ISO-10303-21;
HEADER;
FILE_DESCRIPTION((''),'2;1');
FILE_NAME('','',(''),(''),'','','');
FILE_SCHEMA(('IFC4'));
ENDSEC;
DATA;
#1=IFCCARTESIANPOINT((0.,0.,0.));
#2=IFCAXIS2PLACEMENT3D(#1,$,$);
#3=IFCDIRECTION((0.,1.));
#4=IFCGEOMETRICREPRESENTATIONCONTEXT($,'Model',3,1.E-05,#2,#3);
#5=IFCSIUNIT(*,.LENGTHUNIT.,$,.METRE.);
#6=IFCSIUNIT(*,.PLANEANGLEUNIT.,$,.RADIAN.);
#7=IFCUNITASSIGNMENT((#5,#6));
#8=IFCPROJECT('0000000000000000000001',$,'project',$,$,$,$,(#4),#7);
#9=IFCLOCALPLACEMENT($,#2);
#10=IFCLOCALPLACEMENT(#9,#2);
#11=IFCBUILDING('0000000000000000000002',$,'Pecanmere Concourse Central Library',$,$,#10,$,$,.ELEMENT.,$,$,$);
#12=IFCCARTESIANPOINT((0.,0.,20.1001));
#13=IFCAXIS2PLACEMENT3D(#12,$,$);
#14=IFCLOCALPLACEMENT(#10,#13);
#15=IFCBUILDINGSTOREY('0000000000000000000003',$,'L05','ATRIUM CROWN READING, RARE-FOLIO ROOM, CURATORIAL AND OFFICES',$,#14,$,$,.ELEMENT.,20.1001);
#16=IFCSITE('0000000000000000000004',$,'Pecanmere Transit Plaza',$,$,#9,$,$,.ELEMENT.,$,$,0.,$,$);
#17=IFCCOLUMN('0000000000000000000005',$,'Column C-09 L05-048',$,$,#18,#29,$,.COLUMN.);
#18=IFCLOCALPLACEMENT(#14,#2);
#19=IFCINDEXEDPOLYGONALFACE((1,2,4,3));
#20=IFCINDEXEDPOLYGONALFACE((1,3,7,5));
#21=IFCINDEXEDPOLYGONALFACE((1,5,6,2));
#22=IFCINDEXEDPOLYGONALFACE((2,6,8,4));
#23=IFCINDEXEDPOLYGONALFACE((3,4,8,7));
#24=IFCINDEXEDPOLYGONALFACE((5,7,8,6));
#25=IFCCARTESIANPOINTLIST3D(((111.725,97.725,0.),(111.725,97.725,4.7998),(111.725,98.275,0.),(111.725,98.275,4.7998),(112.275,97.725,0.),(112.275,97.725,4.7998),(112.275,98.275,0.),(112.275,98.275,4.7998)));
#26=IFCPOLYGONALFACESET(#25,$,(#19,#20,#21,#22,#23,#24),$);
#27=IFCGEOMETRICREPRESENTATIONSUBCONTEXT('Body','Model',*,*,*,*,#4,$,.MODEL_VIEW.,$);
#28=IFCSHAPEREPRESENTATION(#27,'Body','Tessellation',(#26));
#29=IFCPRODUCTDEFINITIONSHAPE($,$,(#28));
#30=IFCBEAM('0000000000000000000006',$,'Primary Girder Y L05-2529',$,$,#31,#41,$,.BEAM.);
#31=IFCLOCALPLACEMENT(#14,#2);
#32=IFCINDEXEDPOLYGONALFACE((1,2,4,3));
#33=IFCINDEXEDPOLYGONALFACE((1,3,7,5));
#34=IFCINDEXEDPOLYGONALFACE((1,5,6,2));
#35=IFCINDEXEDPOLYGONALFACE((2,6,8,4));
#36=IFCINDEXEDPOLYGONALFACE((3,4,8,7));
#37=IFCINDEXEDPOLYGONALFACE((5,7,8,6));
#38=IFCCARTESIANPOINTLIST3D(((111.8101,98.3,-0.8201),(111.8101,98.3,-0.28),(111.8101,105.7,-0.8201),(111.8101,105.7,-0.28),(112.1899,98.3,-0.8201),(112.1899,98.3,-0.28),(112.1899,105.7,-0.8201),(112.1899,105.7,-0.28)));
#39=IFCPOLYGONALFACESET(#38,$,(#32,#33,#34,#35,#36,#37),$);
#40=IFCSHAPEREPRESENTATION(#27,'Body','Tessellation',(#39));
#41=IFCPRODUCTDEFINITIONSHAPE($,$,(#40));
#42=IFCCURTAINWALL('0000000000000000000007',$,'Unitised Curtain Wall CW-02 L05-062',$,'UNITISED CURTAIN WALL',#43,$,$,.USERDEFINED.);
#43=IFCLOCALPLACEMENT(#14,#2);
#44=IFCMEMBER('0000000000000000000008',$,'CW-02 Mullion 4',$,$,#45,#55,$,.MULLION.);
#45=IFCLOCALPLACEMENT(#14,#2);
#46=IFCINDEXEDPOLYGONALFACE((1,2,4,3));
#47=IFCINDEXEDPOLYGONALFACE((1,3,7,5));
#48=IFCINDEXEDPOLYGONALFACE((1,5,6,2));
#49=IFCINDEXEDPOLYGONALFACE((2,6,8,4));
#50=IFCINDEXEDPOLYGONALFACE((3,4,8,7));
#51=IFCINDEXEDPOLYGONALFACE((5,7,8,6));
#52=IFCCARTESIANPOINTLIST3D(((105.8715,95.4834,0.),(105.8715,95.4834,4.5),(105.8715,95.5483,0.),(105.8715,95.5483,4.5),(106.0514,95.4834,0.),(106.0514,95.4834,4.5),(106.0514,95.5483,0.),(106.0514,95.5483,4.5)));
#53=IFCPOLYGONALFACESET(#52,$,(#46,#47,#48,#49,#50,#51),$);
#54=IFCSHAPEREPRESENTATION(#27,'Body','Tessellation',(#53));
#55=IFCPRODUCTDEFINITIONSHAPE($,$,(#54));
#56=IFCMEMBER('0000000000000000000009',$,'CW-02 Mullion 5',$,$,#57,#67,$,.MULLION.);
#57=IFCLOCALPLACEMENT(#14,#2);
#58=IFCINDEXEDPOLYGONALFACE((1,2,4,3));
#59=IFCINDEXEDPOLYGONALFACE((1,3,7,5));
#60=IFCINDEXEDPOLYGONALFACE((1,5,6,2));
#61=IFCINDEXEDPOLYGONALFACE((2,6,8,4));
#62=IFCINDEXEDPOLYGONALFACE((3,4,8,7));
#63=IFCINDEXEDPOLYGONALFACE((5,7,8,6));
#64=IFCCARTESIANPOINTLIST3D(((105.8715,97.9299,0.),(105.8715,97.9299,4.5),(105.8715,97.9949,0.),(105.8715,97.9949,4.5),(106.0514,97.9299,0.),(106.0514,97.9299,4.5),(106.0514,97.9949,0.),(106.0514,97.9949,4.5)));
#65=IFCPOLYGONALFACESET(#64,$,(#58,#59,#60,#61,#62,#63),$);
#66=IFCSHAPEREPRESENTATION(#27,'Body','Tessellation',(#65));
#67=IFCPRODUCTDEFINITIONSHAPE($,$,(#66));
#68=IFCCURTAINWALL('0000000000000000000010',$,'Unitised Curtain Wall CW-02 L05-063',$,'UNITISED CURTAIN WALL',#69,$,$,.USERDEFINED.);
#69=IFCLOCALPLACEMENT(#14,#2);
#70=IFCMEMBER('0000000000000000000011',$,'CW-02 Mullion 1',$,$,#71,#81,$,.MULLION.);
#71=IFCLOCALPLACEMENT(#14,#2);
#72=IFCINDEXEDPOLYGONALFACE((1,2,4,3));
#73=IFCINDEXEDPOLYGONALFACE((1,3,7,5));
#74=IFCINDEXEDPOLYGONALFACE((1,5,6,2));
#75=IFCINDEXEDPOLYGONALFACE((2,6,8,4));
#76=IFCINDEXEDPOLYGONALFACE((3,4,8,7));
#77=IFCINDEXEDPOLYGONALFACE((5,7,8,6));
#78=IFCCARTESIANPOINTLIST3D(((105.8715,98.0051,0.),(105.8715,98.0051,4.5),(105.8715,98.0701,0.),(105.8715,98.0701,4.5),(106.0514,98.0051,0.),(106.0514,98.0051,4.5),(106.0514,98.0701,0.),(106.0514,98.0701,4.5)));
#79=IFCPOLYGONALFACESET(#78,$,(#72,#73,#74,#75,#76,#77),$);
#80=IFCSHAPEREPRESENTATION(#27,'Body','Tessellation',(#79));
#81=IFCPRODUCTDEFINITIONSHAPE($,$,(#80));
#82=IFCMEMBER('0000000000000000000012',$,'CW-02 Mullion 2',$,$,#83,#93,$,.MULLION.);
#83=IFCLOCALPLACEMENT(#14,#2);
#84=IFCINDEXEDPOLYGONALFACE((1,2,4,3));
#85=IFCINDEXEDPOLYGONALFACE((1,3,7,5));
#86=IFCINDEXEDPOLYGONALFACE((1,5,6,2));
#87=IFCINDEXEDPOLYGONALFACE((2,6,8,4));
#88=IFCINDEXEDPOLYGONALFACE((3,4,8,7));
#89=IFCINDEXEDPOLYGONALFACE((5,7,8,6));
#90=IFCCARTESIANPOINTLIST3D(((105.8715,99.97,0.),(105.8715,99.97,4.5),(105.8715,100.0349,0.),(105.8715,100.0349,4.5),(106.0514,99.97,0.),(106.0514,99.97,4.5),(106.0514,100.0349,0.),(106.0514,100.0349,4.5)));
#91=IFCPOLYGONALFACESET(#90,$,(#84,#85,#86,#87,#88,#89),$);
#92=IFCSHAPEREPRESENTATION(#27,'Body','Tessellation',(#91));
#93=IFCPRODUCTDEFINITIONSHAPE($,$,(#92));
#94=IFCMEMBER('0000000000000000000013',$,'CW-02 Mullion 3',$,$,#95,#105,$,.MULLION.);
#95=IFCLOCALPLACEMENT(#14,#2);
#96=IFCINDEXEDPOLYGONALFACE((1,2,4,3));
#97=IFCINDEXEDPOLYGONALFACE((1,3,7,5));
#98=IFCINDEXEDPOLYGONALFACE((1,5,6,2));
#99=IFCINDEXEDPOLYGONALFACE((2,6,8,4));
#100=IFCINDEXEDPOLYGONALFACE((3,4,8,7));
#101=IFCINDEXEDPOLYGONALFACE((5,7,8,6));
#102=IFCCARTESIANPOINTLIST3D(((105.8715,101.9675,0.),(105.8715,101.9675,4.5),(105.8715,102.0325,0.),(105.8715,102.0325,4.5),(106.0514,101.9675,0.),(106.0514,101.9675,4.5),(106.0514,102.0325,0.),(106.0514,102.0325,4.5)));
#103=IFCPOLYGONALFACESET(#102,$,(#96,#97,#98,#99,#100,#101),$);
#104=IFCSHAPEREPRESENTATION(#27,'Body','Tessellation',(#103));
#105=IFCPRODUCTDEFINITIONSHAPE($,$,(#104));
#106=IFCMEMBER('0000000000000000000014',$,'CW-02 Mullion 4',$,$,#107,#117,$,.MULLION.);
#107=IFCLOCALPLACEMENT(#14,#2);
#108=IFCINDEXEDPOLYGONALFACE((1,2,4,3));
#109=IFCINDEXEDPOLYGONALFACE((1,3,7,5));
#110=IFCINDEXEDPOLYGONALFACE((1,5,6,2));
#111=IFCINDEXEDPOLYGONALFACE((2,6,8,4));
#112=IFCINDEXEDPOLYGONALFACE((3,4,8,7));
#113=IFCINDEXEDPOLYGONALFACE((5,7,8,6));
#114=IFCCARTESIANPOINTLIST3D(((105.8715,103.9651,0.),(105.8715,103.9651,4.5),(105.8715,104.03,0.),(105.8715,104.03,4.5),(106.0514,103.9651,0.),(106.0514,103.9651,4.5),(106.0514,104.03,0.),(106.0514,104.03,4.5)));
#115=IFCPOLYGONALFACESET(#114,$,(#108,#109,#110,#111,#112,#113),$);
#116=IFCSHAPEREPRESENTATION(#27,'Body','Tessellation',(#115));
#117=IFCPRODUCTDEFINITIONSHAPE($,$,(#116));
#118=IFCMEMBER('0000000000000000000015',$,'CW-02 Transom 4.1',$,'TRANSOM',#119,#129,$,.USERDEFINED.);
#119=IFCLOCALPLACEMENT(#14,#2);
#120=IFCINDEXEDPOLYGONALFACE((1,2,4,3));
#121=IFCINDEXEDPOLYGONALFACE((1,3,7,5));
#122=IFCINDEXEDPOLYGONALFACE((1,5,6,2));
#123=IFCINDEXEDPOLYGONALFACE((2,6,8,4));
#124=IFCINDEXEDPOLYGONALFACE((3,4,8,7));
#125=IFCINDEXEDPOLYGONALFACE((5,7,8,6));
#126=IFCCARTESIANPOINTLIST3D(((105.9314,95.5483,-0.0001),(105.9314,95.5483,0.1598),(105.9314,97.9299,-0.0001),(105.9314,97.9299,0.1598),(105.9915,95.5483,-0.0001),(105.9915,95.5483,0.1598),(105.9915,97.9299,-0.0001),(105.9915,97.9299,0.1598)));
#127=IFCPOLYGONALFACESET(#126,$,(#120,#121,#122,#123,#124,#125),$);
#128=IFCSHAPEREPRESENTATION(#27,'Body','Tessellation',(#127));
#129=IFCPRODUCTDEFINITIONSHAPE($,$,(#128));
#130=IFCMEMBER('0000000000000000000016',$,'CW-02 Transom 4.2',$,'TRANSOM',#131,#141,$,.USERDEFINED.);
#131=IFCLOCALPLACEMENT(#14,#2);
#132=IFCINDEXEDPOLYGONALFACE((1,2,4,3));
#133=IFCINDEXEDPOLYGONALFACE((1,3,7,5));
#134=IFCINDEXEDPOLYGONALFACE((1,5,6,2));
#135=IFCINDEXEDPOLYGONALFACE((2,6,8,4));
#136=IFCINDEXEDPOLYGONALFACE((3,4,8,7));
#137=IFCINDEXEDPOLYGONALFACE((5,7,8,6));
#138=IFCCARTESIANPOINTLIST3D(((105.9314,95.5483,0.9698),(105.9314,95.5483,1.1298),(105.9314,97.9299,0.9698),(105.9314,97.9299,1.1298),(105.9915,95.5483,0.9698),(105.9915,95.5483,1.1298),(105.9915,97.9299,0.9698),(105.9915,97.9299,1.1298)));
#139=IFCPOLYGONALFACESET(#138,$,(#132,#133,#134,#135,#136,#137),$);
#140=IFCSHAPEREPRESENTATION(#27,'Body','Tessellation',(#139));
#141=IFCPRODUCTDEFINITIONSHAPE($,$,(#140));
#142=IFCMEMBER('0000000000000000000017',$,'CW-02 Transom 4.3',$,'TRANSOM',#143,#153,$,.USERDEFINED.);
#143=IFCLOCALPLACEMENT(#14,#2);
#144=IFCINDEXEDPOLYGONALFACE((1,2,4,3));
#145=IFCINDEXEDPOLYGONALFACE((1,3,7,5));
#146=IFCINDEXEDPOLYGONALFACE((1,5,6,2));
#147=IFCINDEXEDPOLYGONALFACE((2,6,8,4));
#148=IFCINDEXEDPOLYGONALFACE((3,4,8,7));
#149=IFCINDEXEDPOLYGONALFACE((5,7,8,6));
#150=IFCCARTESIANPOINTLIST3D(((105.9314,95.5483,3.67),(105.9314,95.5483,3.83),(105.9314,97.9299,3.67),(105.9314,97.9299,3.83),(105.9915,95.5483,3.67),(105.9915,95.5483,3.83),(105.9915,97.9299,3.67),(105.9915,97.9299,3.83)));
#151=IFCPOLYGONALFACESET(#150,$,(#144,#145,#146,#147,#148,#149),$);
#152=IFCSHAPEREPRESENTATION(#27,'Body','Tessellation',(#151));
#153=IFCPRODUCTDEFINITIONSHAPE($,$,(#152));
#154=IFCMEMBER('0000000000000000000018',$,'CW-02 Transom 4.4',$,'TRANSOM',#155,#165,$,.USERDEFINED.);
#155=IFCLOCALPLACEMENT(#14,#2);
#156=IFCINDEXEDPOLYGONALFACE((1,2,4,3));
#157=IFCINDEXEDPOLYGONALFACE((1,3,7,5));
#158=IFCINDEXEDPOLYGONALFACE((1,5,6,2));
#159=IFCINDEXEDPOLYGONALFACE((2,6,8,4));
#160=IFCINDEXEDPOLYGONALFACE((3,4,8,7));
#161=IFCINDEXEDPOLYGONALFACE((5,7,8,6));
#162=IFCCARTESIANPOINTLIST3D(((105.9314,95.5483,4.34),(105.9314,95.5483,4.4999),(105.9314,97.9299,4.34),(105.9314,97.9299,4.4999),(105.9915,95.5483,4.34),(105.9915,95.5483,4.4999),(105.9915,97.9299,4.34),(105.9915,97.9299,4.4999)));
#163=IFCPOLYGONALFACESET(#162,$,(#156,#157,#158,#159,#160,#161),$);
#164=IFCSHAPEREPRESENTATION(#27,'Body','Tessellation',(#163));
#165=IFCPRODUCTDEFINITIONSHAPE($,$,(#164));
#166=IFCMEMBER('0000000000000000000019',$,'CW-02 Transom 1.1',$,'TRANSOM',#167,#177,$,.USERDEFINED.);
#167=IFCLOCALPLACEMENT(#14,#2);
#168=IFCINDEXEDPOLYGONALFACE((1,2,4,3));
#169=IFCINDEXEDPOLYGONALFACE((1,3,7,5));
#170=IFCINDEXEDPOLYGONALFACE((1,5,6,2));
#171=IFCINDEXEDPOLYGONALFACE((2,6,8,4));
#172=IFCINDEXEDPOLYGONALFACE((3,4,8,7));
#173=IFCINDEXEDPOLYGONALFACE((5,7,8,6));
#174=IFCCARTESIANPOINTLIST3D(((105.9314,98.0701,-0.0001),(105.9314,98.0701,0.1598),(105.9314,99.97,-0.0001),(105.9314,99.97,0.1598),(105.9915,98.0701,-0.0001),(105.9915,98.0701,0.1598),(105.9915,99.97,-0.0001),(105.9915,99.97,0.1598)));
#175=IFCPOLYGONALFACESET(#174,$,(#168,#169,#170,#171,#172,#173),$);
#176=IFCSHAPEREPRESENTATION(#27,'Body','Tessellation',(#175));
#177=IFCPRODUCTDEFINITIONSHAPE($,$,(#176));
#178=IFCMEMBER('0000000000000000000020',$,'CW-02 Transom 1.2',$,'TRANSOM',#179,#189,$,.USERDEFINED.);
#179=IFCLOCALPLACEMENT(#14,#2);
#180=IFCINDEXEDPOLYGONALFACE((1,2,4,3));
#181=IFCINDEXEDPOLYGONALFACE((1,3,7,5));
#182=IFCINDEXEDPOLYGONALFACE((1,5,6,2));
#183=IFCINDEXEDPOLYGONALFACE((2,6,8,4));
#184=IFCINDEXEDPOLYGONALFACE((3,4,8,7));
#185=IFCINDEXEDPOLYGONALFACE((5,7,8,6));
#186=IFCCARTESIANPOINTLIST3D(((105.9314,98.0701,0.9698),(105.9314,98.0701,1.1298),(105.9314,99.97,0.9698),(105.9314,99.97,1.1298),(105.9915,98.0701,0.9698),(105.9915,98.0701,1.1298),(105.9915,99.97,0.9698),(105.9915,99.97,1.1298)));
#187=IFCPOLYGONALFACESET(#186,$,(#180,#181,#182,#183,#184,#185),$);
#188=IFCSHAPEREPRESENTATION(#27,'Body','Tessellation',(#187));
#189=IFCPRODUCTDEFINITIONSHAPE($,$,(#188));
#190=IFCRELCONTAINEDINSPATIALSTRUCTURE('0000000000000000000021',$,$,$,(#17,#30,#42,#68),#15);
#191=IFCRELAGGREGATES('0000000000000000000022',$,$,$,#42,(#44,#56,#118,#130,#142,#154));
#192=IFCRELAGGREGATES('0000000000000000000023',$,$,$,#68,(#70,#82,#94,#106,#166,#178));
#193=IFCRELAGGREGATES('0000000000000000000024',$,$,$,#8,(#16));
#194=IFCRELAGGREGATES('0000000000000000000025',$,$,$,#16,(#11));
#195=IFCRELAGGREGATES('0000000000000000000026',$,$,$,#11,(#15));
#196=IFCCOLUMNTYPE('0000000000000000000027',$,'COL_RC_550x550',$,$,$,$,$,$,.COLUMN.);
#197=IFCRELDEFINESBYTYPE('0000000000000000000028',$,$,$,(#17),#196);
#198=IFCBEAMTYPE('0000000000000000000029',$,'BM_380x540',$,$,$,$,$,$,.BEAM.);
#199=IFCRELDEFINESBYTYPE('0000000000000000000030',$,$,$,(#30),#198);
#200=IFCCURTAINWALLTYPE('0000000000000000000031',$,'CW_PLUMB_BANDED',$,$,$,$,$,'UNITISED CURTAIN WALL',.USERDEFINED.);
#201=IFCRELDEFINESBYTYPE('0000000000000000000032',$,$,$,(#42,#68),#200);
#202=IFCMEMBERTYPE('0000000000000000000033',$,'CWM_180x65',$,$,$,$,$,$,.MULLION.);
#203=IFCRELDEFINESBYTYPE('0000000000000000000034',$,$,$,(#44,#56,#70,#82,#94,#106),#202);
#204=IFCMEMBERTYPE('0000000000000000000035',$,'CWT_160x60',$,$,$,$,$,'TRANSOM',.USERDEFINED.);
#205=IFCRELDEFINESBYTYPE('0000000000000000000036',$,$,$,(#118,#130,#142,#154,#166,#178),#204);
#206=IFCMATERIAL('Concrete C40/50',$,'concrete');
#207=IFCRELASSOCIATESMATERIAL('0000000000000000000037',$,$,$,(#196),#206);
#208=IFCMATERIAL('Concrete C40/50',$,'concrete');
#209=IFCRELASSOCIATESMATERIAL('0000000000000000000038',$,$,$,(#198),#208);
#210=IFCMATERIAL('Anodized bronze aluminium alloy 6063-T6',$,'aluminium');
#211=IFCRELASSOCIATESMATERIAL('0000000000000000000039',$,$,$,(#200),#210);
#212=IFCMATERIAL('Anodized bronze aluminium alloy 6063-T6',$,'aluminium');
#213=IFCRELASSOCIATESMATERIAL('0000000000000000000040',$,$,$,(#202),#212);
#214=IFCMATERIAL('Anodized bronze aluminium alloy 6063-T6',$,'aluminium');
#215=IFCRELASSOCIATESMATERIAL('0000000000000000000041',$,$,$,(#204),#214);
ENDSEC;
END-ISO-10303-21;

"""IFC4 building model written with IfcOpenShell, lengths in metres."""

from ifc_helpers import new_model, si_unit, direction, frame, origin, origin_2d, place, context, subcontext, project, spatial, rectangle, extrude, material, material_profile, profile_set, type_object, element, aggregate, save


model = new_model("IFC4")

# Units and contexts
model_context = context("Model", 3, precision=1e-05, world=origin(), true_north=direction((0.0, 1.0)))
body_context = subcontext(model_context, "Body", "Model", "MODEL_VIEW")
ifc_project = project(units=[si_unit("LENGTHUNIT", "METRE"), si_unit("PLANEANGLEUNIT", "RADIAN")], contexts=[model_context])

# Site, building, storey
site_placement = place(None, origin())
site = spatial("IfcSite", under=ifc_project, at=site_placement, Name="Pecanmere Transit Plaza", CompositionType="ELEMENT", RefElevation=0.0)
building_placement = place(site_placement, origin())
building = spatial("IfcBuilding", under=site, at=building_placement, Name="Pecanmere Concourse Central Library", CompositionType="ELEMENT")
storey_placement = place(building_placement, frame((0.0, 0.0, 20.1001)))
storey = spatial("IfcBuildingStorey", under=building, at=storey_placement, Name="L05", Description="ATRIUM CROWN READING, RARE-FOLIO ROOM, CURATORIAL AND OFFICES", CompositionType="ELEMENT", Elevation=20.1001)

# Column
ifc_material_1 = material(Name="Concrete C40/50", Category="concrete")
ifc_material_profile_1 = material_profile(ifc_material_1, rectangle(XDim=0.55, YDim=0.55, at=origin_2d()), Name="RC 550x550")
ifc_profile_set_1 = profile_set([ifc_material_profile_1], Name="Concrete C40/50")
column_type = type_object("IfcColumnType", Name="COL_RC_550x550", PredefinedType="COLUMN", material=ifc_profile_set_1)
column_placement = place(storey_placement, frame((112.0, 98.0, 0.0), z_axis=(0.0, 0.0, 1.0), x_axis=(1.0, 0.0, 0.0)))
element("IfcColumn", 1, at=column_placement, inside=storey, type_object=column_type, Name="Column C-09 L05-048", PredefinedType="COLUMN", context=body_context, shape_type="SweptSolid", body=[
    extrude(rectangle(XDim=0.55, YDim=0.55, at=origin_2d()), origin(), (0.0, 0.0, 1.0), 4.7998),
])

# Beam
ifc_material_2 = material(Name="Concrete C40/50", Category="concrete")
ifc_material_profile_2 = material_profile(ifc_material_2, rectangle(XDim=0.3799, YDim=0.54, at=origin_2d()), Name="RC 380x540")
ifc_profile_set_2 = profile_set([ifc_material_profile_2], Name="Concrete C40/50")
beam_type = type_object("IfcBeamType", Name="BM_380x540", PredefinedType="BEAM", material=ifc_profile_set_2)
beam_placement = place(storey_placement, frame((112.0, 98.3, -0.55), z_axis=(0.0, 1.0, 0.0), x_axis=(-1.0, 0.0, 0.0)))
element("IfcBeam", 2, at=beam_placement, inside=storey, type_object=beam_type, Name="Primary Girder Y L05-2529", PredefinedType="BEAM", context=body_context, shape_type="SweptSolid", body=[
    extrude(rectangle(XDim=0.3799, YDim=0.54, at=origin_2d()), origin(), (0.0, 0.0, 1.0), 7.3999),
])

# Curtain walls, members
ifc_material_3 = material(Name="Anodized bronze aluminium alloy 6063-T6", Category="aluminium")
curtain_wall_type = type_object("IfcCurtainWallType", Name="CW_PLUMB_BANDED", ElementType="UNITISED CURTAIN WALL", PredefinedType="USERDEFINED", material=ifc_material_3)
curtain_wall_1_placement = place(storey_placement, origin())
curtain_wall_1 = element("IfcCurtainWall", 3, at=curtain_wall_1_placement, inside=storey, type_object=curtain_wall_type, Name="Unitised Curtain Wall CW-02 L05-062", ObjectType="UNITISED CURTAIN WALL", PredefinedType="USERDEFINED")
ifc_material_4 = material(Name="Anodized bronze aluminium alloy 6063-T6", Category="aluminium")
ifc_material_profile_3 = material_profile(ifc_material_4, rectangle(XDim=0.0649, YDim=0.1799, at=origin_2d()), Name="AL 65x180")
ifc_profile_set_3 = profile_set([ifc_material_profile_3], Name="Anodized bronze aluminium alloy 6063-T6")
member_type_1 = type_object("IfcMemberType", Name="CWM_180x65", PredefinedType="MULLION", material=ifc_profile_set_3)
member_1_placement = place(storey_placement, frame((105.9614, 95.5159, 0.0), z_axis=(0.0, 0.0, 1.0), x_axis=(0.0, 1.0, 0.0)))
member_1 = element("IfcMember", 4, at=member_1_placement, type_object=member_type_1, Name="CW-02 Mullion 4", PredefinedType="MULLION", context=body_context, shape_type="SweptSolid", body=[
    extrude(rectangle(XDim=0.0649, YDim=0.1799, at=origin_2d()), origin(), (0.0, 0.0, 1.0), 4.5),
])
member_2_placement = place(storey_placement, frame((105.9614, 97.9624, 0.0), z_axis=(0.0, 0.0, 1.0), x_axis=(0.0, 1.0, 0.0)))
member_2 = element("IfcMember", 5, at=member_2_placement, type_object=member_type_1, Name="CW-02 Mullion 5", PredefinedType="MULLION", context=body_context, shape_type="SweptSolid", body=[
    extrude(rectangle(XDim=0.0649, YDim=0.1799, at=origin_2d()), origin(), (0.0, 0.0, 1.0), 4.5),
])
curtain_wall_2_placement = place(storey_placement, origin())
curtain_wall_2 = element("IfcCurtainWall", 6, at=curtain_wall_2_placement, inside=storey, type_object=curtain_wall_type, Name="Unitised Curtain Wall CW-02 L05-063", ObjectType="UNITISED CURTAIN WALL", PredefinedType="USERDEFINED")
member_3_placement = place(storey_placement, frame((105.9614, 98.0376, 0.0), z_axis=(0.0, 0.0, 1.0), x_axis=(0.0, 1.0, 0.0)))
member_3 = element("IfcMember", 7, at=member_3_placement, type_object=member_type_1, Name="CW-02 Mullion 1", PredefinedType="MULLION", context=body_context, shape_type="SweptSolid", body=[
    extrude(rectangle(XDim=0.0649, YDim=0.1799, at=origin_2d()), origin(), (0.0, 0.0, 1.0), 4.5),
])
member_4_placement = place(storey_placement, frame((105.9614, 100.0024, 0.0), z_axis=(0.0, 0.0, 1.0), x_axis=(0.0, 1.0, 0.0)))
member_4 = element("IfcMember", 8, at=member_4_placement, type_object=member_type_1, Name="CW-02 Mullion 2", PredefinedType="MULLION", context=body_context, shape_type="SweptSolid", body=[
    extrude(rectangle(XDim=0.0649, YDim=0.1799, at=origin_2d()), origin(), (0.0, 0.0, 1.0), 4.5),
])
member_5_placement = place(storey_placement, frame((105.9614, 102.0, 0.0), z_axis=(0.0, 0.0, 1.0), x_axis=(0.0, 1.0, 0.0)))
member_5 = element("IfcMember", 9, at=member_5_placement, type_object=member_type_1, Name="CW-02 Mullion 3", PredefinedType="MULLION", context=body_context, shape_type="SweptSolid", body=[
    extrude(rectangle(XDim=0.0649, YDim=0.1799, at=origin_2d()), origin(), (0.0, 0.0, 1.0), 4.5),
])
member_6_placement = place(storey_placement, frame((105.9614, 103.9976, 0.0), z_axis=(0.0, 0.0, 1.0), x_axis=(0.0, 1.0, 0.0)))
member_6 = element("IfcMember", 10, at=member_6_placement, type_object=member_type_1, Name="CW-02 Mullion 4", PredefinedType="MULLION", context=body_context, shape_type="SweptSolid", body=[
    extrude(rectangle(XDim=0.0649, YDim=0.1799, at=origin_2d()), origin(), (0.0, 0.0, 1.0), 4.5),
])

# Members
ifc_material_5 = material(Name="Anodized bronze aluminium alloy 6063-T6", Category="aluminium")
ifc_material_profile_4 = material_profile(ifc_material_5, rectangle(XDim=0.0601, YDim=0.1599, at=origin_2d()), Name="AL 60x160")
ifc_profile_set_4 = profile_set([ifc_material_profile_4], Name="Anodized bronze aluminium alloy 6063-T6")
member_type_2 = type_object("IfcMemberType", Name="CWT_160x60", ElementType="TRANSOM", PredefinedType="USERDEFINED", material=ifc_profile_set_4)
member_7_placement = place(storey_placement, frame((105.9614, 95.5483, 0.0798), z_axis=(0.0, 1.0, 0.0), x_axis=(-1.0, 0.0, 0.0)))
member_7 = element("IfcMember", 11, at=member_7_placement, type_object=member_type_2, Name="CW-02 Transom 4.1", ObjectType="TRANSOM", PredefinedType="USERDEFINED", context=body_context, shape_type="SweptSolid", body=[
    extrude(rectangle(XDim=0.0601, YDim=0.1599, at=origin_2d()), origin(), (0.0, 0.0, 1.0), 2.3816),
])
member_8_placement = place(storey_placement, frame((105.9614, 95.5483, 1.0498), z_axis=(0.0, 1.0, 0.0), x_axis=(-1.0, 0.0, 0.0)))
member_8 = element("IfcMember", 12, at=member_8_placement, type_object=member_type_2, Name="CW-02 Transom 4.2", ObjectType="TRANSOM", PredefinedType="USERDEFINED", context=body_context, shape_type="SweptSolid", body=[
    extrude(rectangle(XDim=0.0601, YDim=0.1599, at=origin_2d()), origin(), (0.0, 0.0, 1.0), 2.3816),
])
member_9_placement = place(storey_placement, frame((105.9614, 95.5483, 3.75), z_axis=(0.0, 1.0, 0.0), x_axis=(-1.0, 0.0, 0.0)))
member_9 = element("IfcMember", 13, at=member_9_placement, type_object=member_type_2, Name="CW-02 Transom 4.3", ObjectType="TRANSOM", PredefinedType="USERDEFINED", context=body_context, shape_type="SweptSolid", body=[
    extrude(rectangle(XDim=0.0601, YDim=0.1599, at=origin_2d()), origin(), (0.0, 0.0, 1.0), 2.3816),
])
member_10_placement = place(storey_placement, frame((105.9614, 95.5483, 4.4199), z_axis=(0.0, 1.0, 0.0), x_axis=(-1.0, 0.0, 0.0)))
member_10 = element("IfcMember", 14, at=member_10_placement, type_object=member_type_2, Name="CW-02 Transom 4.4", ObjectType="TRANSOM", PredefinedType="USERDEFINED", context=body_context, shape_type="SweptSolid", body=[
    extrude(rectangle(XDim=0.0601, YDim=0.1599, at=origin_2d()), origin(), (0.0, 0.0, 1.0), 2.3816),
])
member_11_placement = place(storey_placement, frame((105.9614, 98.0701, 0.0798), z_axis=(0.0, 1.0, 0.0), x_axis=(-1.0, 0.0, 0.0)))
member_11 = element("IfcMember", 15, at=member_11_placement, type_object=member_type_2, Name="CW-02 Transom 1.1", ObjectType="TRANSOM", PredefinedType="USERDEFINED", context=body_context, shape_type="SweptSolid", body=[
    extrude(rectangle(XDim=0.0601, YDim=0.1599, at=origin_2d()), origin(), (0.0, 0.0, 1.0), 1.8999),
])
member_12_placement = place(storey_placement, frame((105.9614, 98.0701, 1.0498), z_axis=(0.0, 1.0, 0.0), x_axis=(-1.0, 0.0, 0.0)))
member_12 = element("IfcMember", 16, at=member_12_placement, type_object=member_type_2, Name="CW-02 Transom 1.2", ObjectType="TRANSOM", PredefinedType="USERDEFINED", context=body_context, shape_type="SweptSolid", body=[
    extrude(rectangle(XDim=0.0601, YDim=0.1599, at=origin_2d()), origin(), (0.0, 0.0, 1.0), 1.8999),
])

aggregate(curtain_wall_1, [member_1, member_2, member_7, member_8, member_9, member_10])
aggregate(curtain_wall_2, [member_3, member_4, member_5, member_6, member_11, member_12])

save(model, "model.ifc")
